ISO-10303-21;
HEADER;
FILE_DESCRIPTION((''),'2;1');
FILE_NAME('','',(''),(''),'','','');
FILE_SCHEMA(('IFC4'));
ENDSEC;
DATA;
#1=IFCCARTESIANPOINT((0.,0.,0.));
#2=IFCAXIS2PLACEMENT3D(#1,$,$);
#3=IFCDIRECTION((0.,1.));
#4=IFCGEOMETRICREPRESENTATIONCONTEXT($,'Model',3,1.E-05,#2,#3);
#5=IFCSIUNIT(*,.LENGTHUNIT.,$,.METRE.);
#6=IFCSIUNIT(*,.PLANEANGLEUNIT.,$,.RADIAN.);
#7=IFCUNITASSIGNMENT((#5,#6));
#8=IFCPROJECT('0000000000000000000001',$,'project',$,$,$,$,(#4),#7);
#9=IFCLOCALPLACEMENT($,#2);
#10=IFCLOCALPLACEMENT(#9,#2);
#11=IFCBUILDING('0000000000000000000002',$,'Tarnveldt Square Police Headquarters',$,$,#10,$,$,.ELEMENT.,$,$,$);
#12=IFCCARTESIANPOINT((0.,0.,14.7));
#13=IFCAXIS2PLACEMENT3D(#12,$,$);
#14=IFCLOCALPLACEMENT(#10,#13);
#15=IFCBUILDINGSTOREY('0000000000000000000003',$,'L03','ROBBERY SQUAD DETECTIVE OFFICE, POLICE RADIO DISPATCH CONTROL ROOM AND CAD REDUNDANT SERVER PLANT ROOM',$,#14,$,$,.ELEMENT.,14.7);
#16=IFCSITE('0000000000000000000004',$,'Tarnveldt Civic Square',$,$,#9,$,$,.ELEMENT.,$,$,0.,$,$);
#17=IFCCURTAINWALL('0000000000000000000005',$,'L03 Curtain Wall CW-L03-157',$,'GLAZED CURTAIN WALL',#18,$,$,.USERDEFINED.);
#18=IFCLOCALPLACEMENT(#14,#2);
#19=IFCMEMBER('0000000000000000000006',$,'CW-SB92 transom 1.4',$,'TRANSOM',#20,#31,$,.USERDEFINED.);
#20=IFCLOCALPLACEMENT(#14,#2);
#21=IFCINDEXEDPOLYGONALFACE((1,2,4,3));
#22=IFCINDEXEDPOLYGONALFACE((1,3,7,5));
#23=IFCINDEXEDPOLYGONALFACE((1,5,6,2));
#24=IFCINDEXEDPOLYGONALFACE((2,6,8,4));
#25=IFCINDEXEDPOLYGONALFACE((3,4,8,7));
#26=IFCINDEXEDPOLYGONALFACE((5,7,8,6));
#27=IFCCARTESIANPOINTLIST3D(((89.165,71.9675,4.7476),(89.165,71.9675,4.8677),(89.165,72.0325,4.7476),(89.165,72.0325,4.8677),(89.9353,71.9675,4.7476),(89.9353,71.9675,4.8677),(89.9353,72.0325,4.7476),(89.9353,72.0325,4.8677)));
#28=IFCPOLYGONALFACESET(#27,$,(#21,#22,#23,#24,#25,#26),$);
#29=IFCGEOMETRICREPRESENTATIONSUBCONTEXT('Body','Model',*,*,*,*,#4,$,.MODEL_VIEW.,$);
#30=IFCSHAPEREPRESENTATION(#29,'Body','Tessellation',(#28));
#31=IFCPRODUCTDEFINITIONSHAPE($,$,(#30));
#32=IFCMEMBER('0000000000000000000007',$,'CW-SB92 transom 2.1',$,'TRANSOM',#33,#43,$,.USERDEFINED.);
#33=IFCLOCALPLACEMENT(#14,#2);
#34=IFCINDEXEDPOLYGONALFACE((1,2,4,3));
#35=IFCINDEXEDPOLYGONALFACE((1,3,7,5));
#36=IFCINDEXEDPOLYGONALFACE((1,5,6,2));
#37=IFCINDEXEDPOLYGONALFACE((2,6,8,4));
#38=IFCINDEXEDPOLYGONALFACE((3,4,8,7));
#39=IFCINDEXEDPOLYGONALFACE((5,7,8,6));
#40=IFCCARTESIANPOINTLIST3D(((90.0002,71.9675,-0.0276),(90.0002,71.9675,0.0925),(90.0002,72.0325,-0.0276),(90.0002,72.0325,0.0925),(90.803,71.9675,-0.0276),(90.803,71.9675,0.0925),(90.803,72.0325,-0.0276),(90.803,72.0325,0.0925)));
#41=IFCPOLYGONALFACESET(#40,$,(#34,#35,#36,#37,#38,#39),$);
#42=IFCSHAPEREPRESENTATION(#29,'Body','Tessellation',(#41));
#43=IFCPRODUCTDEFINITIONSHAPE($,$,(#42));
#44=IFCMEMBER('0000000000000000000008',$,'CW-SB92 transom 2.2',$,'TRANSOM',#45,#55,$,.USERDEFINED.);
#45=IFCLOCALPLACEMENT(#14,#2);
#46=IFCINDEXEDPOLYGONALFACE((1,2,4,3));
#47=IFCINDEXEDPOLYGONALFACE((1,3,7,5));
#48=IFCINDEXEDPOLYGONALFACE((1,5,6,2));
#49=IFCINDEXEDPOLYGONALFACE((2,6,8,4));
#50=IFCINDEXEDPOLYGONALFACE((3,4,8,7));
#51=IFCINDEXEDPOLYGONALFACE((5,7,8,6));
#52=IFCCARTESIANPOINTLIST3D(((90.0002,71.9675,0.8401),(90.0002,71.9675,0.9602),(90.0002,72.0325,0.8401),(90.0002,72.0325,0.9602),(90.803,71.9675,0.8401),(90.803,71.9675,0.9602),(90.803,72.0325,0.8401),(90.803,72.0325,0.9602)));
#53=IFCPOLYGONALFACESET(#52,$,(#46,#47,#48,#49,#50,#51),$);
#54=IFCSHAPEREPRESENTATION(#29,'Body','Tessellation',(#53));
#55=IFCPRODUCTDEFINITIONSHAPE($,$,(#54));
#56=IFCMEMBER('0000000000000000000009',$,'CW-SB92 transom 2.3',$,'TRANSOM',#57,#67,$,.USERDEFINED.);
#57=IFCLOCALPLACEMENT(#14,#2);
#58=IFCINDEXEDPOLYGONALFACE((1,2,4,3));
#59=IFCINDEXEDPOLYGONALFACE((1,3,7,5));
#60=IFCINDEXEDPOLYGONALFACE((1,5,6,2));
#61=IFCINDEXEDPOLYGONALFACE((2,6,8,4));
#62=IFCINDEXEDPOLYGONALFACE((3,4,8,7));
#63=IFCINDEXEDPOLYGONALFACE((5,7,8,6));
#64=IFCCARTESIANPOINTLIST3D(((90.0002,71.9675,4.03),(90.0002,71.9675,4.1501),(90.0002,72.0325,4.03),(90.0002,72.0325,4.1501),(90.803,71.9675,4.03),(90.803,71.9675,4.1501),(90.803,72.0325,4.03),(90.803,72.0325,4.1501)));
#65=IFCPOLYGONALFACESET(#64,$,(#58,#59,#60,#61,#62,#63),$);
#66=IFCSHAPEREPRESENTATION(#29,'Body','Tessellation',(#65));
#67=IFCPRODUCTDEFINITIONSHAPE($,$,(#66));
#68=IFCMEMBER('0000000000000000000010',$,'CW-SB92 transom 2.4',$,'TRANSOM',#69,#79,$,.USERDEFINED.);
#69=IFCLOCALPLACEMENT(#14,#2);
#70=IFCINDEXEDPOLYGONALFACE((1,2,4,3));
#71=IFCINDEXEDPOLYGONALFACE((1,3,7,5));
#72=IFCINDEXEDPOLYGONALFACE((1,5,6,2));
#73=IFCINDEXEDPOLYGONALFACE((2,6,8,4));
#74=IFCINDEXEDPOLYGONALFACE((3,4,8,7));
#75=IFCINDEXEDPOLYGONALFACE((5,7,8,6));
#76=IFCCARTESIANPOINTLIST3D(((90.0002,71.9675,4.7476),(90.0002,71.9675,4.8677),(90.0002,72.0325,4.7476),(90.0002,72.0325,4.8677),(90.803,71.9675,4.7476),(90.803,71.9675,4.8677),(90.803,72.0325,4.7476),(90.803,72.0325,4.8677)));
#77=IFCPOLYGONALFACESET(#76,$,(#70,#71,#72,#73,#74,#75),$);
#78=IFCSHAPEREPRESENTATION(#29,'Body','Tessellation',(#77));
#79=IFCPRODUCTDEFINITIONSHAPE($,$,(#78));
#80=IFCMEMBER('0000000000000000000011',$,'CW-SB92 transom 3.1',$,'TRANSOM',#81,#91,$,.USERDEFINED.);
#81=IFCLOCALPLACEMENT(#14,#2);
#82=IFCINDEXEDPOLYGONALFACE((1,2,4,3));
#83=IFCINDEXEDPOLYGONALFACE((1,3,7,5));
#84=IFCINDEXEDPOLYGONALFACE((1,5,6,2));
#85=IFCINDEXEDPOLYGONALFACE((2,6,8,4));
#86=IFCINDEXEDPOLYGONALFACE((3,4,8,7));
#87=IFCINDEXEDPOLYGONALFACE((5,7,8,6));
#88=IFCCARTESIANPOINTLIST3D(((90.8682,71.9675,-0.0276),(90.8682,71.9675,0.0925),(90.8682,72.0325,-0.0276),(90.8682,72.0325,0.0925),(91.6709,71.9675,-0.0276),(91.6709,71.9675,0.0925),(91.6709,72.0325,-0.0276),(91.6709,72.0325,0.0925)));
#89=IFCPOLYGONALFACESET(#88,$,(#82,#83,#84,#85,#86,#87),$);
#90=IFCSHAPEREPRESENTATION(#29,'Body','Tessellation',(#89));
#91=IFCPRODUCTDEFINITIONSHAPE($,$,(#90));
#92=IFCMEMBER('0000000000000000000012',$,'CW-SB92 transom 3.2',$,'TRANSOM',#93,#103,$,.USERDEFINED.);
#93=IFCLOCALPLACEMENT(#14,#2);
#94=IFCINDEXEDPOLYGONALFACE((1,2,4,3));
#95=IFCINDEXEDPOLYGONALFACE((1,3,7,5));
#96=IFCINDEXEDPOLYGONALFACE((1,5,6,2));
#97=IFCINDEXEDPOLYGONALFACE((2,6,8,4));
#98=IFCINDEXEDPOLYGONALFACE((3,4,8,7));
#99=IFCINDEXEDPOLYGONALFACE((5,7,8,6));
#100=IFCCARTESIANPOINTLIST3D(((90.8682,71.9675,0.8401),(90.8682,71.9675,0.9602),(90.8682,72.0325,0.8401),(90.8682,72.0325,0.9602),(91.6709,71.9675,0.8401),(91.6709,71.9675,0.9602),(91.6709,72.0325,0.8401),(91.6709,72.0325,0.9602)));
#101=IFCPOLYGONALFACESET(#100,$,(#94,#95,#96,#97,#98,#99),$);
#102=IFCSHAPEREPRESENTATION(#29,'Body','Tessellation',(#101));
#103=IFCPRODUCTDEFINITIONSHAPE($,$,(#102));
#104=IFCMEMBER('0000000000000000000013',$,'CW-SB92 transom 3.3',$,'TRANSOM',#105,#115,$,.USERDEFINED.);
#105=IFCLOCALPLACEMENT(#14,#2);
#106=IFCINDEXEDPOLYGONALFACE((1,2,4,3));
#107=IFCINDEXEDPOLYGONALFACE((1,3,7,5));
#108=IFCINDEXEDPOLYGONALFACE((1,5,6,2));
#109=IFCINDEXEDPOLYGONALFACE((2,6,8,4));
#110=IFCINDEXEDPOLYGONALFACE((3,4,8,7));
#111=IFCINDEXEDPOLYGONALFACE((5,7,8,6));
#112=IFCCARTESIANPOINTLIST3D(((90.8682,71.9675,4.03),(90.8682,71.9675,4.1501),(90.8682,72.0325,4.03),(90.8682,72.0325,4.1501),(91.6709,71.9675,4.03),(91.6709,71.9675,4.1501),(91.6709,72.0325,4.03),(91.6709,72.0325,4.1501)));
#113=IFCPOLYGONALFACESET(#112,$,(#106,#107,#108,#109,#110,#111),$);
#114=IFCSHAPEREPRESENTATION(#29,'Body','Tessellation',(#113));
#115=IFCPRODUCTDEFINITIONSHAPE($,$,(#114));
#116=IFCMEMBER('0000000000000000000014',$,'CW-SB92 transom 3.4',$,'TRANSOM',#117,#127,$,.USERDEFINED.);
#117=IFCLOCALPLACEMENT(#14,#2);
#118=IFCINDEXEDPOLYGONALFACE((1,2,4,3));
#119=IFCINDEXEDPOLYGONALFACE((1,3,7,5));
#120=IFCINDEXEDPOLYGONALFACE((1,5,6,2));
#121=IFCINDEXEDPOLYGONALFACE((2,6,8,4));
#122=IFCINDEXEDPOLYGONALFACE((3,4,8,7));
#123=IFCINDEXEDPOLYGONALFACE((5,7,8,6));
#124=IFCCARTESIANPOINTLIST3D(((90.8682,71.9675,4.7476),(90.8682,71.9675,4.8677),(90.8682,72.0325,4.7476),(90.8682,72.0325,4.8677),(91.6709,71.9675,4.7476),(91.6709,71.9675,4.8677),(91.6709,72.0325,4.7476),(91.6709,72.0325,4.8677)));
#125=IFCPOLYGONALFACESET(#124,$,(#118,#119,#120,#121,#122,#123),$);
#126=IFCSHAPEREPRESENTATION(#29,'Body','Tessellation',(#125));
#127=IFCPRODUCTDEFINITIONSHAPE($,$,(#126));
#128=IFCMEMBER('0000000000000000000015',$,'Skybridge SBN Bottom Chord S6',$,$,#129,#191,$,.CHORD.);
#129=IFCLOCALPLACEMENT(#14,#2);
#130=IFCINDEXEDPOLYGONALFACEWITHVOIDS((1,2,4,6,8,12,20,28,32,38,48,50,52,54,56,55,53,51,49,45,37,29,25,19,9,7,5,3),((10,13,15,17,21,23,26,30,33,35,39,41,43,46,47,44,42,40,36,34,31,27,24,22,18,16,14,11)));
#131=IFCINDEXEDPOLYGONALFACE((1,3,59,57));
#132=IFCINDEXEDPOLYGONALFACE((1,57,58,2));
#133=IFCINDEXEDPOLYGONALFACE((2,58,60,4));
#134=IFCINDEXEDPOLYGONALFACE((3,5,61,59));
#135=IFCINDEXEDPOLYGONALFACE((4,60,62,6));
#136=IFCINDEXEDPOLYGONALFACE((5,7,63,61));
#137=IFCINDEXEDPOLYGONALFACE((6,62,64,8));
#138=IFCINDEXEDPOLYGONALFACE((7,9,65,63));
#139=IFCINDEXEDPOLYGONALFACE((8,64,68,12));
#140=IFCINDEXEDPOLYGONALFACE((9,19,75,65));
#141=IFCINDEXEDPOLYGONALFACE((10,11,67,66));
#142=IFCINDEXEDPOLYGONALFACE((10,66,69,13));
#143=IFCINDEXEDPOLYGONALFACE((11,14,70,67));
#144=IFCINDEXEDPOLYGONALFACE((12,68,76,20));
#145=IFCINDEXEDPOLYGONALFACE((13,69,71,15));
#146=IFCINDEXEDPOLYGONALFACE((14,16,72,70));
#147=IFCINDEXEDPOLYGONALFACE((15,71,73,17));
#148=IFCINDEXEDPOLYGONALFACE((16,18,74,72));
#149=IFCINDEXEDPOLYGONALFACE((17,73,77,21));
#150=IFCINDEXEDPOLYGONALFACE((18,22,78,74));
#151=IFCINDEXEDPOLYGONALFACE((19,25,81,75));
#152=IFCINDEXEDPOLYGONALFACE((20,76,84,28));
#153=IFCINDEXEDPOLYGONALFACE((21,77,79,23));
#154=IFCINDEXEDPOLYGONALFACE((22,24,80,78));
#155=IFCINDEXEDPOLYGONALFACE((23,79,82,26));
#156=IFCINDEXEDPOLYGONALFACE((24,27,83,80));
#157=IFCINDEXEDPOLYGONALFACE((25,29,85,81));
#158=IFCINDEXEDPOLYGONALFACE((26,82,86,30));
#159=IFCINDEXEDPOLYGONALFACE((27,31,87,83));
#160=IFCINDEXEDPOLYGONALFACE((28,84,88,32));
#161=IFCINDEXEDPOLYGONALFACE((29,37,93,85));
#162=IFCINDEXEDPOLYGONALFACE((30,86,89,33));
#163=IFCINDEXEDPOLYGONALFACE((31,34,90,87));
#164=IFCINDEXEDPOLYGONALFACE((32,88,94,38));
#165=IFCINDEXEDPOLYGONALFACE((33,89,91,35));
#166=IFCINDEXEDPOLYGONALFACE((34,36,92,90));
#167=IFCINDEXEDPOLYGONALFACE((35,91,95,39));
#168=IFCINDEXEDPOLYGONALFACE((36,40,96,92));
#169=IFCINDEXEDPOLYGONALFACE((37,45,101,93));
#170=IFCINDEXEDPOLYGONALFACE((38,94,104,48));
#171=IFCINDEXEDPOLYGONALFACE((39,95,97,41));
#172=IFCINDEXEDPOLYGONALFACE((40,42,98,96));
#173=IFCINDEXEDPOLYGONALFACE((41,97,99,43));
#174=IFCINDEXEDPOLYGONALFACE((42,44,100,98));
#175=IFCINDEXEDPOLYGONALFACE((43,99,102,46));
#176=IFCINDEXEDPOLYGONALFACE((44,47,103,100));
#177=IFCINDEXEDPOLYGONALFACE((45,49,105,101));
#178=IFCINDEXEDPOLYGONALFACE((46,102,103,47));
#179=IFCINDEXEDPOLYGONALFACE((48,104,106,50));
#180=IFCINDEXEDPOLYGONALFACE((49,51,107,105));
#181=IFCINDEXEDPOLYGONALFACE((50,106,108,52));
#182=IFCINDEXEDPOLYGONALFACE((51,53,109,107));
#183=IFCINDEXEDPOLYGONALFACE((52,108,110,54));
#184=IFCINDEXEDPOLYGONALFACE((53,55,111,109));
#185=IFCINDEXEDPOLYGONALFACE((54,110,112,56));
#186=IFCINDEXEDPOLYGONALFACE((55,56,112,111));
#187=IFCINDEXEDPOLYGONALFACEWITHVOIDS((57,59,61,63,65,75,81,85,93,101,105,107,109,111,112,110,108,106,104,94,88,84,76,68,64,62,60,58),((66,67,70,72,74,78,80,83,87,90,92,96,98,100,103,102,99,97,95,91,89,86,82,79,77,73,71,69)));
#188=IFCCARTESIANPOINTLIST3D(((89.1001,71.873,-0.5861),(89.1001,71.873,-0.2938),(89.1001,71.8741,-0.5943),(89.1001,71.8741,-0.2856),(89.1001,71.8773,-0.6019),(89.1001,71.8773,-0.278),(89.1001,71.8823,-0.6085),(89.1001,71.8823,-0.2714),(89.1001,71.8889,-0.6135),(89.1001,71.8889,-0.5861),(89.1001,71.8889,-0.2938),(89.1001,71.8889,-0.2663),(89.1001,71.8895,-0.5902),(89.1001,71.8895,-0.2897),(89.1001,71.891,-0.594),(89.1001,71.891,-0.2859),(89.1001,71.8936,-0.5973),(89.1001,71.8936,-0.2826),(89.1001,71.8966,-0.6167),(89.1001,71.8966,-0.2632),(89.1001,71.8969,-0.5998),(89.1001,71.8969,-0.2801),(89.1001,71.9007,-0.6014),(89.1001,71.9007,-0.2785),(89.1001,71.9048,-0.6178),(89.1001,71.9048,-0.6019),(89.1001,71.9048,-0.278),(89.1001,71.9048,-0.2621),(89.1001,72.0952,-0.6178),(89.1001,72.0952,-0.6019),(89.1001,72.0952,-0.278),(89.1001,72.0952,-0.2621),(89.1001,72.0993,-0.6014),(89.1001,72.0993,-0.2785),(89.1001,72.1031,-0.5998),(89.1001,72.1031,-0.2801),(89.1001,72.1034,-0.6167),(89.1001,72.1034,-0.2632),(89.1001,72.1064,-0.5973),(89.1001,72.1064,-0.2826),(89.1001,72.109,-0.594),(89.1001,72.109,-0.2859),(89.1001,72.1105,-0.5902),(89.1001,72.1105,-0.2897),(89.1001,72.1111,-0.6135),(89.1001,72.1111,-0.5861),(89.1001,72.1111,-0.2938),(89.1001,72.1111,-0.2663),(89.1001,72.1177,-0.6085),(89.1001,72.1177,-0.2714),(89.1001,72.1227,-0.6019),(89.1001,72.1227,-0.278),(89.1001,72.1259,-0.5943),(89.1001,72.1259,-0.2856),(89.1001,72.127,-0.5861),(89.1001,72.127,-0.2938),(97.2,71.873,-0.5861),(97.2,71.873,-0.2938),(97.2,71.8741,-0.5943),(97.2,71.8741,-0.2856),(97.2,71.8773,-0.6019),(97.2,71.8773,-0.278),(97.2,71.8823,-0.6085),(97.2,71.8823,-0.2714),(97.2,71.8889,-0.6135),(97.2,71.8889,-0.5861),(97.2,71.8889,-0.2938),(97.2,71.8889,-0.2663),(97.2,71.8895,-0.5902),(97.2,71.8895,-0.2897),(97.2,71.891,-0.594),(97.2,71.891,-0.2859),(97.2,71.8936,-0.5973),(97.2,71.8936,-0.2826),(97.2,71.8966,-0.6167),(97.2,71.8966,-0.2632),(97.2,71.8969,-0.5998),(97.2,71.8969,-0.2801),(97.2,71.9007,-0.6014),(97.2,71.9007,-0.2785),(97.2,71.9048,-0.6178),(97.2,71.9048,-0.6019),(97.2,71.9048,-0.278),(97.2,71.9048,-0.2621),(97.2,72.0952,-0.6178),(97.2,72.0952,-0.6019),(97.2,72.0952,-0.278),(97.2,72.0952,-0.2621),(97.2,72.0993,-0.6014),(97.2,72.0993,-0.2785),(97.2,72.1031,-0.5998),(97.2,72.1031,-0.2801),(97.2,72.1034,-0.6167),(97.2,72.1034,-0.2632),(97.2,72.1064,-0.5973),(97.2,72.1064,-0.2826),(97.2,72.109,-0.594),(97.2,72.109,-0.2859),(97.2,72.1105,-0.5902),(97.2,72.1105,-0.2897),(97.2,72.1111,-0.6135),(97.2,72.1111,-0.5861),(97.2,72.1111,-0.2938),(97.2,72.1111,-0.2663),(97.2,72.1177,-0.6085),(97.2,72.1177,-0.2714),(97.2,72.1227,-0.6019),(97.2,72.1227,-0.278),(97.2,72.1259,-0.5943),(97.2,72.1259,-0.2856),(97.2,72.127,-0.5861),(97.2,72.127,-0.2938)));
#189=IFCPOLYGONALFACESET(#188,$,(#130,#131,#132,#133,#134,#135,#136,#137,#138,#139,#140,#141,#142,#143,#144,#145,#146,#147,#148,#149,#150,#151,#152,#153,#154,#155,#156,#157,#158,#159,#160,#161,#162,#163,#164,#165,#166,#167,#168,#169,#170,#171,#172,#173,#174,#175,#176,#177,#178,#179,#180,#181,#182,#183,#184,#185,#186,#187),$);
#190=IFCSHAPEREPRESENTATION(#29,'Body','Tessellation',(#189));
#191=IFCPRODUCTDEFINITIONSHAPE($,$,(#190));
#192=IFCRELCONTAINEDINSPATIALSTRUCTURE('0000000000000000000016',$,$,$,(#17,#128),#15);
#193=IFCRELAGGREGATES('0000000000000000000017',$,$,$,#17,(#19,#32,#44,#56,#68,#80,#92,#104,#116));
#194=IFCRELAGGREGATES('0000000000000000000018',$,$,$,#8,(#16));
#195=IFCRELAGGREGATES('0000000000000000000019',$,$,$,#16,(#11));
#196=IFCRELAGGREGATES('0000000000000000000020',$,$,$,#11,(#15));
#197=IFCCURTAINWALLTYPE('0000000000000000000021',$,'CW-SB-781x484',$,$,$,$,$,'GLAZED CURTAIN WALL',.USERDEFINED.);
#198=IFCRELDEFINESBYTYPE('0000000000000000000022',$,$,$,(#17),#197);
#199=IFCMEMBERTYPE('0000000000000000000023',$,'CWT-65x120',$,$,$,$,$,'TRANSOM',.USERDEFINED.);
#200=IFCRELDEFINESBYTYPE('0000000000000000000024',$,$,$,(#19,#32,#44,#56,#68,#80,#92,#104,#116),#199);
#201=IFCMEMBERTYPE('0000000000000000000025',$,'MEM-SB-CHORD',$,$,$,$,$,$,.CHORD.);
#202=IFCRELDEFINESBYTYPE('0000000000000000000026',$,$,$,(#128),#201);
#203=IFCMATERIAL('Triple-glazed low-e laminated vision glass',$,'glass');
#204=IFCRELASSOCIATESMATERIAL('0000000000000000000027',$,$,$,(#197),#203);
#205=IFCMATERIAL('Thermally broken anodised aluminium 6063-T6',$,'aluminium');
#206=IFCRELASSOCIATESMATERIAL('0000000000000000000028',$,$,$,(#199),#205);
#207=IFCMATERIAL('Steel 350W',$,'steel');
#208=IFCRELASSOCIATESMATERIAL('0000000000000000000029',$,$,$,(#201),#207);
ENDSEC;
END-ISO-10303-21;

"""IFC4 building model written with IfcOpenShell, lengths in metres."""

from ifc_helpers import new_model, si_unit, direction, frame, origin, origin_2d, place, context, subcontext, project, spatial, rectangle, hollow_rectangle, extrude, material, material_profile, profile_set, type_object, element, aggregate, save


model = new_model("IFC4")

# Units and contexts
model_context = context("Model", 3, precision=1e-05, world=origin(), true_north=direction((0.0, 1.0)))
body_context = subcontext(model_context, "Body", "Model", "MODEL_VIEW")
ifc_project = project(units=[si_unit("LENGTHUNIT", "METRE"), si_unit("PLANEANGLEUNIT", "RADIAN")], contexts=[model_context])

# Site, building, storey
site_placement = place(None, origin())
site = spatial("IfcSite", under=ifc_project, at=site_placement, Name="Tarnveldt Civic Square", CompositionType="ELEMENT", RefElevation=0.0)
building_placement = place(site_placement, origin())
building = spatial("IfcBuilding", under=site, at=building_placement, Name="Tarnveldt Square Police Headquarters", CompositionType="ELEMENT")
storey_placement = place(building_placement, frame((0.0, 0.0, 14.7)))
storey = spatial("IfcBuildingStorey", under=building, at=storey_placement, Name="L03", Description="ROBBERY SQUAD DETECTIVE OFFICE, POLICE RADIO DISPATCH CONTROL ROOM AND CAD REDUNDANT SERVER PLANT ROOM", CompositionType="ELEMENT", Elevation=14.7)

# Shared definitions
ifc_material_1 = material(Name="Steel 350W", Category="steel")

# Shared definitions
ifc_material_2 = material(Name="Triple-glazed low-e laminated vision glass", Category="glass")
ifc_material_3 = material(Name="Thermally broken anodised aluminium 6063-T6", Category="aluminium")

# Curtain wall, members
curtain_wall_type_1 = type_object("IfcCurtainWallType", Name="CW-SB-781x484", ElementType="GLAZED CURTAIN WALL", PredefinedType="USERDEFINED", material=ifc_material_2)
curtain_wall_1_placement = place(storey_placement, origin())
curtain_wall_1 = element("IfcCurtainWall", 1, at=curtain_wall_1_placement, inside=storey, type_object=curtain_wall_type_1, Name="L03 Curtain Wall CW-L03-157", ObjectType="GLAZED CURTAIN WALL", PredefinedType="USERDEFINED")
ifc_material_profile_1 = material_profile(ifc_material_3, rectangle(XDim=0.0649, YDim=0.1201, at=origin_2d()), Name="CW-T65x120")
ifc_profile_set_1 = profile_set([ifc_material_profile_1], Name="Thermally broken anodised aluminium 6063-T6")
member_type_1 = type_object("IfcMemberType", Name="CWT-65x120", ElementType="TRANSOM", PredefinedType="USERDEFINED", material=ifc_profile_set_1)
member_1_placement = place(storey_placement, frame((89.165, 72.0, 4.8076), z_axis=(1.0, 0.0, 0.0), x_axis=(0.0, 1.0, 0.0)))
member_1 = element("IfcMember", 2, at=member_1_placement, type_object=member_type_1, Name="CW-SB92 transom 1.4", ObjectType="TRANSOM", PredefinedType="USERDEFINED", context=body_context, shape_type="SweptSolid", body=[
    extrude(rectangle(XDim=0.0649, YDim=0.1201, at=origin_2d()), origin(), (0.0, 0.0, 1.0), 0.7703),
])
member_2_placement = place(storey_placement, frame((90.0002, 72.0, 0.0325), z_axis=(1.0, 0.0, 0.0), x_axis=(0.0, 1.0, 0.0)))
member_2 = element("IfcMember", 3, at=member_2_placement, type_object=member_type_1, Name="CW-SB92 transom 2.1", ObjectType="TRANSOM", PredefinedType="USERDEFINED", context=body_context, shape_type="SweptSolid", body=[
    extrude(rectangle(XDim=0.0649, YDim=0.1201, at=origin_2d()), origin(), (0.0, 0.0, 1.0), 0.8027),
])
member_3_placement = place(storey_placement, frame((90.0002, 72.0, 0.9001), z_axis=(1.0, 0.0, 0.0), x_axis=(0.0, 1.0, 0.0)))
member_3 = element("IfcMember", 4, at=member_3_placement, type_object=member_type_1, Name="CW-SB92 transom 2.2", ObjectType="TRANSOM", PredefinedType="USERDEFINED", context=body_context, shape_type="SweptSolid", body=[
    extrude(rectangle(XDim=0.0649, YDim=0.1201, at=origin_2d()), origin(), (0.0, 0.0, 1.0), 0.8027),
])
member_4_placement = place(storey_placement, frame((90.0002, 72.0, 4.0901), z_axis=(1.0, 0.0, 0.0), x_axis=(0.0, 1.0, 0.0)))
member_4 = element("IfcMember", 5, at=member_4_placement, type_object=member_type_1, Name="CW-SB92 transom 2.3", ObjectType="TRANSOM", PredefinedType="USERDEFINED", context=body_context, shape_type="SweptSolid", body=[
    extrude(rectangle(XDim=0.0649, YDim=0.1201, at=origin_2d()), origin(), (0.0, 0.0, 1.0), 0.8027),
])
member_5_placement = place(storey_placement, frame((90.0002, 72.0, 4.8076), z_axis=(1.0, 0.0, 0.0), x_axis=(0.0, 1.0, 0.0)))
member_5 = element("IfcMember", 6, at=member_5_placement, type_object=member_type_1, Name="CW-SB92 transom 2.4", ObjectType="TRANSOM", PredefinedType="USERDEFINED", context=body_context, shape_type="SweptSolid", body=[
    extrude(rectangle(XDim=0.0649, YDim=0.1201, at=origin_2d()), origin(), (0.0, 0.0, 1.0), 0.8027),
])
member_6_placement = place(storey_placement, frame((90.8682, 72.0, 0.0325), z_axis=(1.0, 0.0, 0.0), x_axis=(0.0, 1.0, 0.0)))
member_6 = element("IfcMember", 7, at=member_6_placement, type_object=member_type_1, Name="CW-SB92 transom 3.1", ObjectType="TRANSOM", PredefinedType="USERDEFINED", context=body_context, shape_type="SweptSolid", body=[
    extrude(rectangle(XDim=0.0649, YDim=0.1201, at=origin_2d()), origin(), (0.0, 0.0, 1.0), 0.8027),
])
member_7_placement = place(storey_placement, frame((90.8682, 72.0, 0.9001), z_axis=(1.0, 0.0, 0.0), x_axis=(0.0, 1.0, 0.0)))
member_7 = element("IfcMember", 8, at=member_7_placement, type_object=member_type_1, Name="CW-SB92 transom 3.2", ObjectType="TRANSOM", PredefinedType="USERDEFINED", context=body_context, shape_type="SweptSolid", body=[
    extrude(rectangle(XDim=0.0649, YDim=0.1201, at=origin_2d()), origin(), (0.0, 0.0, 1.0), 0.8027),
])
member_8_placement = place(storey_placement, frame((90.8682, 72.0, 4.0901), z_axis=(1.0, 0.0, 0.0), x_axis=(0.0, 1.0, 0.0)))
member_8 = element("IfcMember", 9, at=member_8_placement, type_object=member_type_1, Name="CW-SB92 transom 3.3", ObjectType="TRANSOM", PredefinedType="USERDEFINED", context=body_context, shape_type="SweptSolid", body=[
    extrude(rectangle(XDim=0.0649, YDim=0.1201, at=origin_2d()), origin(), (0.0, 0.0, 1.0), 0.8027),
])
member_9_placement = place(storey_placement, frame((90.8682, 72.0, 4.8076), z_axis=(1.0, 0.0, 0.0), x_axis=(0.0, 1.0, 0.0)))
member_9 = element("IfcMember", 10, at=member_9_placement, type_object=member_type_1, Name="CW-SB92 transom 3.4", ObjectType="TRANSOM", PredefinedType="USERDEFINED", context=body_context, shape_type="SweptSolid", body=[
    extrude(rectangle(XDim=0.0649, YDim=0.1201, at=origin_2d()), origin(), (0.0, 0.0, 1.0), 0.8027),
])

# Member
ifc_material_profile_2 = material_profile(ifc_material_1, hollow_rectangle(XDim=0.2539, YDim=0.3557, WallThickness=0.0159, InnerFilletRadius=0.0159, OuterFilletRadius=0.0317, at=origin_2d()), Name="HSS356x254x16")
ifc_profile_set_2 = profile_set([ifc_material_profile_2], Name="Steel 350W")
member_type_2 = type_object("IfcMemberType", Name="MEM-SB-CHORD", PredefinedType="CHORD", material=ifc_profile_set_2)
for number, where, z_axis, x_axis, name in (
    (11, (89.1001, 72.0, -0.4399), (1.0, 0.0, 0.0), (0.0, 1.0, 0.0), "Skybridge SBN Bottom Chord S6"),
):
    element("IfcMember", number, at=place(storey_placement, frame(where, z_axis=z_axis, x_axis=x_axis)), inside=storey, type_object=member_type_2, Name=name, PredefinedType="CHORD", context=body_context, shape_type="SweptSolid", body=[
        extrude(hollow_rectangle(XDim=0.2539, YDim=0.3557, WallThickness=0.0159, InnerFilletRadius=0.0159, OuterFilletRadius=0.0317, at=origin_2d()), origin(), (0.0, 0.0, 1.0), 8.0999),
    ])

aggregate(curtain_wall_1, [member_1, member_2, member_3, member_4, member_5, member_6, member_7, member_8, member_9])

save(model, "model.ifc")
